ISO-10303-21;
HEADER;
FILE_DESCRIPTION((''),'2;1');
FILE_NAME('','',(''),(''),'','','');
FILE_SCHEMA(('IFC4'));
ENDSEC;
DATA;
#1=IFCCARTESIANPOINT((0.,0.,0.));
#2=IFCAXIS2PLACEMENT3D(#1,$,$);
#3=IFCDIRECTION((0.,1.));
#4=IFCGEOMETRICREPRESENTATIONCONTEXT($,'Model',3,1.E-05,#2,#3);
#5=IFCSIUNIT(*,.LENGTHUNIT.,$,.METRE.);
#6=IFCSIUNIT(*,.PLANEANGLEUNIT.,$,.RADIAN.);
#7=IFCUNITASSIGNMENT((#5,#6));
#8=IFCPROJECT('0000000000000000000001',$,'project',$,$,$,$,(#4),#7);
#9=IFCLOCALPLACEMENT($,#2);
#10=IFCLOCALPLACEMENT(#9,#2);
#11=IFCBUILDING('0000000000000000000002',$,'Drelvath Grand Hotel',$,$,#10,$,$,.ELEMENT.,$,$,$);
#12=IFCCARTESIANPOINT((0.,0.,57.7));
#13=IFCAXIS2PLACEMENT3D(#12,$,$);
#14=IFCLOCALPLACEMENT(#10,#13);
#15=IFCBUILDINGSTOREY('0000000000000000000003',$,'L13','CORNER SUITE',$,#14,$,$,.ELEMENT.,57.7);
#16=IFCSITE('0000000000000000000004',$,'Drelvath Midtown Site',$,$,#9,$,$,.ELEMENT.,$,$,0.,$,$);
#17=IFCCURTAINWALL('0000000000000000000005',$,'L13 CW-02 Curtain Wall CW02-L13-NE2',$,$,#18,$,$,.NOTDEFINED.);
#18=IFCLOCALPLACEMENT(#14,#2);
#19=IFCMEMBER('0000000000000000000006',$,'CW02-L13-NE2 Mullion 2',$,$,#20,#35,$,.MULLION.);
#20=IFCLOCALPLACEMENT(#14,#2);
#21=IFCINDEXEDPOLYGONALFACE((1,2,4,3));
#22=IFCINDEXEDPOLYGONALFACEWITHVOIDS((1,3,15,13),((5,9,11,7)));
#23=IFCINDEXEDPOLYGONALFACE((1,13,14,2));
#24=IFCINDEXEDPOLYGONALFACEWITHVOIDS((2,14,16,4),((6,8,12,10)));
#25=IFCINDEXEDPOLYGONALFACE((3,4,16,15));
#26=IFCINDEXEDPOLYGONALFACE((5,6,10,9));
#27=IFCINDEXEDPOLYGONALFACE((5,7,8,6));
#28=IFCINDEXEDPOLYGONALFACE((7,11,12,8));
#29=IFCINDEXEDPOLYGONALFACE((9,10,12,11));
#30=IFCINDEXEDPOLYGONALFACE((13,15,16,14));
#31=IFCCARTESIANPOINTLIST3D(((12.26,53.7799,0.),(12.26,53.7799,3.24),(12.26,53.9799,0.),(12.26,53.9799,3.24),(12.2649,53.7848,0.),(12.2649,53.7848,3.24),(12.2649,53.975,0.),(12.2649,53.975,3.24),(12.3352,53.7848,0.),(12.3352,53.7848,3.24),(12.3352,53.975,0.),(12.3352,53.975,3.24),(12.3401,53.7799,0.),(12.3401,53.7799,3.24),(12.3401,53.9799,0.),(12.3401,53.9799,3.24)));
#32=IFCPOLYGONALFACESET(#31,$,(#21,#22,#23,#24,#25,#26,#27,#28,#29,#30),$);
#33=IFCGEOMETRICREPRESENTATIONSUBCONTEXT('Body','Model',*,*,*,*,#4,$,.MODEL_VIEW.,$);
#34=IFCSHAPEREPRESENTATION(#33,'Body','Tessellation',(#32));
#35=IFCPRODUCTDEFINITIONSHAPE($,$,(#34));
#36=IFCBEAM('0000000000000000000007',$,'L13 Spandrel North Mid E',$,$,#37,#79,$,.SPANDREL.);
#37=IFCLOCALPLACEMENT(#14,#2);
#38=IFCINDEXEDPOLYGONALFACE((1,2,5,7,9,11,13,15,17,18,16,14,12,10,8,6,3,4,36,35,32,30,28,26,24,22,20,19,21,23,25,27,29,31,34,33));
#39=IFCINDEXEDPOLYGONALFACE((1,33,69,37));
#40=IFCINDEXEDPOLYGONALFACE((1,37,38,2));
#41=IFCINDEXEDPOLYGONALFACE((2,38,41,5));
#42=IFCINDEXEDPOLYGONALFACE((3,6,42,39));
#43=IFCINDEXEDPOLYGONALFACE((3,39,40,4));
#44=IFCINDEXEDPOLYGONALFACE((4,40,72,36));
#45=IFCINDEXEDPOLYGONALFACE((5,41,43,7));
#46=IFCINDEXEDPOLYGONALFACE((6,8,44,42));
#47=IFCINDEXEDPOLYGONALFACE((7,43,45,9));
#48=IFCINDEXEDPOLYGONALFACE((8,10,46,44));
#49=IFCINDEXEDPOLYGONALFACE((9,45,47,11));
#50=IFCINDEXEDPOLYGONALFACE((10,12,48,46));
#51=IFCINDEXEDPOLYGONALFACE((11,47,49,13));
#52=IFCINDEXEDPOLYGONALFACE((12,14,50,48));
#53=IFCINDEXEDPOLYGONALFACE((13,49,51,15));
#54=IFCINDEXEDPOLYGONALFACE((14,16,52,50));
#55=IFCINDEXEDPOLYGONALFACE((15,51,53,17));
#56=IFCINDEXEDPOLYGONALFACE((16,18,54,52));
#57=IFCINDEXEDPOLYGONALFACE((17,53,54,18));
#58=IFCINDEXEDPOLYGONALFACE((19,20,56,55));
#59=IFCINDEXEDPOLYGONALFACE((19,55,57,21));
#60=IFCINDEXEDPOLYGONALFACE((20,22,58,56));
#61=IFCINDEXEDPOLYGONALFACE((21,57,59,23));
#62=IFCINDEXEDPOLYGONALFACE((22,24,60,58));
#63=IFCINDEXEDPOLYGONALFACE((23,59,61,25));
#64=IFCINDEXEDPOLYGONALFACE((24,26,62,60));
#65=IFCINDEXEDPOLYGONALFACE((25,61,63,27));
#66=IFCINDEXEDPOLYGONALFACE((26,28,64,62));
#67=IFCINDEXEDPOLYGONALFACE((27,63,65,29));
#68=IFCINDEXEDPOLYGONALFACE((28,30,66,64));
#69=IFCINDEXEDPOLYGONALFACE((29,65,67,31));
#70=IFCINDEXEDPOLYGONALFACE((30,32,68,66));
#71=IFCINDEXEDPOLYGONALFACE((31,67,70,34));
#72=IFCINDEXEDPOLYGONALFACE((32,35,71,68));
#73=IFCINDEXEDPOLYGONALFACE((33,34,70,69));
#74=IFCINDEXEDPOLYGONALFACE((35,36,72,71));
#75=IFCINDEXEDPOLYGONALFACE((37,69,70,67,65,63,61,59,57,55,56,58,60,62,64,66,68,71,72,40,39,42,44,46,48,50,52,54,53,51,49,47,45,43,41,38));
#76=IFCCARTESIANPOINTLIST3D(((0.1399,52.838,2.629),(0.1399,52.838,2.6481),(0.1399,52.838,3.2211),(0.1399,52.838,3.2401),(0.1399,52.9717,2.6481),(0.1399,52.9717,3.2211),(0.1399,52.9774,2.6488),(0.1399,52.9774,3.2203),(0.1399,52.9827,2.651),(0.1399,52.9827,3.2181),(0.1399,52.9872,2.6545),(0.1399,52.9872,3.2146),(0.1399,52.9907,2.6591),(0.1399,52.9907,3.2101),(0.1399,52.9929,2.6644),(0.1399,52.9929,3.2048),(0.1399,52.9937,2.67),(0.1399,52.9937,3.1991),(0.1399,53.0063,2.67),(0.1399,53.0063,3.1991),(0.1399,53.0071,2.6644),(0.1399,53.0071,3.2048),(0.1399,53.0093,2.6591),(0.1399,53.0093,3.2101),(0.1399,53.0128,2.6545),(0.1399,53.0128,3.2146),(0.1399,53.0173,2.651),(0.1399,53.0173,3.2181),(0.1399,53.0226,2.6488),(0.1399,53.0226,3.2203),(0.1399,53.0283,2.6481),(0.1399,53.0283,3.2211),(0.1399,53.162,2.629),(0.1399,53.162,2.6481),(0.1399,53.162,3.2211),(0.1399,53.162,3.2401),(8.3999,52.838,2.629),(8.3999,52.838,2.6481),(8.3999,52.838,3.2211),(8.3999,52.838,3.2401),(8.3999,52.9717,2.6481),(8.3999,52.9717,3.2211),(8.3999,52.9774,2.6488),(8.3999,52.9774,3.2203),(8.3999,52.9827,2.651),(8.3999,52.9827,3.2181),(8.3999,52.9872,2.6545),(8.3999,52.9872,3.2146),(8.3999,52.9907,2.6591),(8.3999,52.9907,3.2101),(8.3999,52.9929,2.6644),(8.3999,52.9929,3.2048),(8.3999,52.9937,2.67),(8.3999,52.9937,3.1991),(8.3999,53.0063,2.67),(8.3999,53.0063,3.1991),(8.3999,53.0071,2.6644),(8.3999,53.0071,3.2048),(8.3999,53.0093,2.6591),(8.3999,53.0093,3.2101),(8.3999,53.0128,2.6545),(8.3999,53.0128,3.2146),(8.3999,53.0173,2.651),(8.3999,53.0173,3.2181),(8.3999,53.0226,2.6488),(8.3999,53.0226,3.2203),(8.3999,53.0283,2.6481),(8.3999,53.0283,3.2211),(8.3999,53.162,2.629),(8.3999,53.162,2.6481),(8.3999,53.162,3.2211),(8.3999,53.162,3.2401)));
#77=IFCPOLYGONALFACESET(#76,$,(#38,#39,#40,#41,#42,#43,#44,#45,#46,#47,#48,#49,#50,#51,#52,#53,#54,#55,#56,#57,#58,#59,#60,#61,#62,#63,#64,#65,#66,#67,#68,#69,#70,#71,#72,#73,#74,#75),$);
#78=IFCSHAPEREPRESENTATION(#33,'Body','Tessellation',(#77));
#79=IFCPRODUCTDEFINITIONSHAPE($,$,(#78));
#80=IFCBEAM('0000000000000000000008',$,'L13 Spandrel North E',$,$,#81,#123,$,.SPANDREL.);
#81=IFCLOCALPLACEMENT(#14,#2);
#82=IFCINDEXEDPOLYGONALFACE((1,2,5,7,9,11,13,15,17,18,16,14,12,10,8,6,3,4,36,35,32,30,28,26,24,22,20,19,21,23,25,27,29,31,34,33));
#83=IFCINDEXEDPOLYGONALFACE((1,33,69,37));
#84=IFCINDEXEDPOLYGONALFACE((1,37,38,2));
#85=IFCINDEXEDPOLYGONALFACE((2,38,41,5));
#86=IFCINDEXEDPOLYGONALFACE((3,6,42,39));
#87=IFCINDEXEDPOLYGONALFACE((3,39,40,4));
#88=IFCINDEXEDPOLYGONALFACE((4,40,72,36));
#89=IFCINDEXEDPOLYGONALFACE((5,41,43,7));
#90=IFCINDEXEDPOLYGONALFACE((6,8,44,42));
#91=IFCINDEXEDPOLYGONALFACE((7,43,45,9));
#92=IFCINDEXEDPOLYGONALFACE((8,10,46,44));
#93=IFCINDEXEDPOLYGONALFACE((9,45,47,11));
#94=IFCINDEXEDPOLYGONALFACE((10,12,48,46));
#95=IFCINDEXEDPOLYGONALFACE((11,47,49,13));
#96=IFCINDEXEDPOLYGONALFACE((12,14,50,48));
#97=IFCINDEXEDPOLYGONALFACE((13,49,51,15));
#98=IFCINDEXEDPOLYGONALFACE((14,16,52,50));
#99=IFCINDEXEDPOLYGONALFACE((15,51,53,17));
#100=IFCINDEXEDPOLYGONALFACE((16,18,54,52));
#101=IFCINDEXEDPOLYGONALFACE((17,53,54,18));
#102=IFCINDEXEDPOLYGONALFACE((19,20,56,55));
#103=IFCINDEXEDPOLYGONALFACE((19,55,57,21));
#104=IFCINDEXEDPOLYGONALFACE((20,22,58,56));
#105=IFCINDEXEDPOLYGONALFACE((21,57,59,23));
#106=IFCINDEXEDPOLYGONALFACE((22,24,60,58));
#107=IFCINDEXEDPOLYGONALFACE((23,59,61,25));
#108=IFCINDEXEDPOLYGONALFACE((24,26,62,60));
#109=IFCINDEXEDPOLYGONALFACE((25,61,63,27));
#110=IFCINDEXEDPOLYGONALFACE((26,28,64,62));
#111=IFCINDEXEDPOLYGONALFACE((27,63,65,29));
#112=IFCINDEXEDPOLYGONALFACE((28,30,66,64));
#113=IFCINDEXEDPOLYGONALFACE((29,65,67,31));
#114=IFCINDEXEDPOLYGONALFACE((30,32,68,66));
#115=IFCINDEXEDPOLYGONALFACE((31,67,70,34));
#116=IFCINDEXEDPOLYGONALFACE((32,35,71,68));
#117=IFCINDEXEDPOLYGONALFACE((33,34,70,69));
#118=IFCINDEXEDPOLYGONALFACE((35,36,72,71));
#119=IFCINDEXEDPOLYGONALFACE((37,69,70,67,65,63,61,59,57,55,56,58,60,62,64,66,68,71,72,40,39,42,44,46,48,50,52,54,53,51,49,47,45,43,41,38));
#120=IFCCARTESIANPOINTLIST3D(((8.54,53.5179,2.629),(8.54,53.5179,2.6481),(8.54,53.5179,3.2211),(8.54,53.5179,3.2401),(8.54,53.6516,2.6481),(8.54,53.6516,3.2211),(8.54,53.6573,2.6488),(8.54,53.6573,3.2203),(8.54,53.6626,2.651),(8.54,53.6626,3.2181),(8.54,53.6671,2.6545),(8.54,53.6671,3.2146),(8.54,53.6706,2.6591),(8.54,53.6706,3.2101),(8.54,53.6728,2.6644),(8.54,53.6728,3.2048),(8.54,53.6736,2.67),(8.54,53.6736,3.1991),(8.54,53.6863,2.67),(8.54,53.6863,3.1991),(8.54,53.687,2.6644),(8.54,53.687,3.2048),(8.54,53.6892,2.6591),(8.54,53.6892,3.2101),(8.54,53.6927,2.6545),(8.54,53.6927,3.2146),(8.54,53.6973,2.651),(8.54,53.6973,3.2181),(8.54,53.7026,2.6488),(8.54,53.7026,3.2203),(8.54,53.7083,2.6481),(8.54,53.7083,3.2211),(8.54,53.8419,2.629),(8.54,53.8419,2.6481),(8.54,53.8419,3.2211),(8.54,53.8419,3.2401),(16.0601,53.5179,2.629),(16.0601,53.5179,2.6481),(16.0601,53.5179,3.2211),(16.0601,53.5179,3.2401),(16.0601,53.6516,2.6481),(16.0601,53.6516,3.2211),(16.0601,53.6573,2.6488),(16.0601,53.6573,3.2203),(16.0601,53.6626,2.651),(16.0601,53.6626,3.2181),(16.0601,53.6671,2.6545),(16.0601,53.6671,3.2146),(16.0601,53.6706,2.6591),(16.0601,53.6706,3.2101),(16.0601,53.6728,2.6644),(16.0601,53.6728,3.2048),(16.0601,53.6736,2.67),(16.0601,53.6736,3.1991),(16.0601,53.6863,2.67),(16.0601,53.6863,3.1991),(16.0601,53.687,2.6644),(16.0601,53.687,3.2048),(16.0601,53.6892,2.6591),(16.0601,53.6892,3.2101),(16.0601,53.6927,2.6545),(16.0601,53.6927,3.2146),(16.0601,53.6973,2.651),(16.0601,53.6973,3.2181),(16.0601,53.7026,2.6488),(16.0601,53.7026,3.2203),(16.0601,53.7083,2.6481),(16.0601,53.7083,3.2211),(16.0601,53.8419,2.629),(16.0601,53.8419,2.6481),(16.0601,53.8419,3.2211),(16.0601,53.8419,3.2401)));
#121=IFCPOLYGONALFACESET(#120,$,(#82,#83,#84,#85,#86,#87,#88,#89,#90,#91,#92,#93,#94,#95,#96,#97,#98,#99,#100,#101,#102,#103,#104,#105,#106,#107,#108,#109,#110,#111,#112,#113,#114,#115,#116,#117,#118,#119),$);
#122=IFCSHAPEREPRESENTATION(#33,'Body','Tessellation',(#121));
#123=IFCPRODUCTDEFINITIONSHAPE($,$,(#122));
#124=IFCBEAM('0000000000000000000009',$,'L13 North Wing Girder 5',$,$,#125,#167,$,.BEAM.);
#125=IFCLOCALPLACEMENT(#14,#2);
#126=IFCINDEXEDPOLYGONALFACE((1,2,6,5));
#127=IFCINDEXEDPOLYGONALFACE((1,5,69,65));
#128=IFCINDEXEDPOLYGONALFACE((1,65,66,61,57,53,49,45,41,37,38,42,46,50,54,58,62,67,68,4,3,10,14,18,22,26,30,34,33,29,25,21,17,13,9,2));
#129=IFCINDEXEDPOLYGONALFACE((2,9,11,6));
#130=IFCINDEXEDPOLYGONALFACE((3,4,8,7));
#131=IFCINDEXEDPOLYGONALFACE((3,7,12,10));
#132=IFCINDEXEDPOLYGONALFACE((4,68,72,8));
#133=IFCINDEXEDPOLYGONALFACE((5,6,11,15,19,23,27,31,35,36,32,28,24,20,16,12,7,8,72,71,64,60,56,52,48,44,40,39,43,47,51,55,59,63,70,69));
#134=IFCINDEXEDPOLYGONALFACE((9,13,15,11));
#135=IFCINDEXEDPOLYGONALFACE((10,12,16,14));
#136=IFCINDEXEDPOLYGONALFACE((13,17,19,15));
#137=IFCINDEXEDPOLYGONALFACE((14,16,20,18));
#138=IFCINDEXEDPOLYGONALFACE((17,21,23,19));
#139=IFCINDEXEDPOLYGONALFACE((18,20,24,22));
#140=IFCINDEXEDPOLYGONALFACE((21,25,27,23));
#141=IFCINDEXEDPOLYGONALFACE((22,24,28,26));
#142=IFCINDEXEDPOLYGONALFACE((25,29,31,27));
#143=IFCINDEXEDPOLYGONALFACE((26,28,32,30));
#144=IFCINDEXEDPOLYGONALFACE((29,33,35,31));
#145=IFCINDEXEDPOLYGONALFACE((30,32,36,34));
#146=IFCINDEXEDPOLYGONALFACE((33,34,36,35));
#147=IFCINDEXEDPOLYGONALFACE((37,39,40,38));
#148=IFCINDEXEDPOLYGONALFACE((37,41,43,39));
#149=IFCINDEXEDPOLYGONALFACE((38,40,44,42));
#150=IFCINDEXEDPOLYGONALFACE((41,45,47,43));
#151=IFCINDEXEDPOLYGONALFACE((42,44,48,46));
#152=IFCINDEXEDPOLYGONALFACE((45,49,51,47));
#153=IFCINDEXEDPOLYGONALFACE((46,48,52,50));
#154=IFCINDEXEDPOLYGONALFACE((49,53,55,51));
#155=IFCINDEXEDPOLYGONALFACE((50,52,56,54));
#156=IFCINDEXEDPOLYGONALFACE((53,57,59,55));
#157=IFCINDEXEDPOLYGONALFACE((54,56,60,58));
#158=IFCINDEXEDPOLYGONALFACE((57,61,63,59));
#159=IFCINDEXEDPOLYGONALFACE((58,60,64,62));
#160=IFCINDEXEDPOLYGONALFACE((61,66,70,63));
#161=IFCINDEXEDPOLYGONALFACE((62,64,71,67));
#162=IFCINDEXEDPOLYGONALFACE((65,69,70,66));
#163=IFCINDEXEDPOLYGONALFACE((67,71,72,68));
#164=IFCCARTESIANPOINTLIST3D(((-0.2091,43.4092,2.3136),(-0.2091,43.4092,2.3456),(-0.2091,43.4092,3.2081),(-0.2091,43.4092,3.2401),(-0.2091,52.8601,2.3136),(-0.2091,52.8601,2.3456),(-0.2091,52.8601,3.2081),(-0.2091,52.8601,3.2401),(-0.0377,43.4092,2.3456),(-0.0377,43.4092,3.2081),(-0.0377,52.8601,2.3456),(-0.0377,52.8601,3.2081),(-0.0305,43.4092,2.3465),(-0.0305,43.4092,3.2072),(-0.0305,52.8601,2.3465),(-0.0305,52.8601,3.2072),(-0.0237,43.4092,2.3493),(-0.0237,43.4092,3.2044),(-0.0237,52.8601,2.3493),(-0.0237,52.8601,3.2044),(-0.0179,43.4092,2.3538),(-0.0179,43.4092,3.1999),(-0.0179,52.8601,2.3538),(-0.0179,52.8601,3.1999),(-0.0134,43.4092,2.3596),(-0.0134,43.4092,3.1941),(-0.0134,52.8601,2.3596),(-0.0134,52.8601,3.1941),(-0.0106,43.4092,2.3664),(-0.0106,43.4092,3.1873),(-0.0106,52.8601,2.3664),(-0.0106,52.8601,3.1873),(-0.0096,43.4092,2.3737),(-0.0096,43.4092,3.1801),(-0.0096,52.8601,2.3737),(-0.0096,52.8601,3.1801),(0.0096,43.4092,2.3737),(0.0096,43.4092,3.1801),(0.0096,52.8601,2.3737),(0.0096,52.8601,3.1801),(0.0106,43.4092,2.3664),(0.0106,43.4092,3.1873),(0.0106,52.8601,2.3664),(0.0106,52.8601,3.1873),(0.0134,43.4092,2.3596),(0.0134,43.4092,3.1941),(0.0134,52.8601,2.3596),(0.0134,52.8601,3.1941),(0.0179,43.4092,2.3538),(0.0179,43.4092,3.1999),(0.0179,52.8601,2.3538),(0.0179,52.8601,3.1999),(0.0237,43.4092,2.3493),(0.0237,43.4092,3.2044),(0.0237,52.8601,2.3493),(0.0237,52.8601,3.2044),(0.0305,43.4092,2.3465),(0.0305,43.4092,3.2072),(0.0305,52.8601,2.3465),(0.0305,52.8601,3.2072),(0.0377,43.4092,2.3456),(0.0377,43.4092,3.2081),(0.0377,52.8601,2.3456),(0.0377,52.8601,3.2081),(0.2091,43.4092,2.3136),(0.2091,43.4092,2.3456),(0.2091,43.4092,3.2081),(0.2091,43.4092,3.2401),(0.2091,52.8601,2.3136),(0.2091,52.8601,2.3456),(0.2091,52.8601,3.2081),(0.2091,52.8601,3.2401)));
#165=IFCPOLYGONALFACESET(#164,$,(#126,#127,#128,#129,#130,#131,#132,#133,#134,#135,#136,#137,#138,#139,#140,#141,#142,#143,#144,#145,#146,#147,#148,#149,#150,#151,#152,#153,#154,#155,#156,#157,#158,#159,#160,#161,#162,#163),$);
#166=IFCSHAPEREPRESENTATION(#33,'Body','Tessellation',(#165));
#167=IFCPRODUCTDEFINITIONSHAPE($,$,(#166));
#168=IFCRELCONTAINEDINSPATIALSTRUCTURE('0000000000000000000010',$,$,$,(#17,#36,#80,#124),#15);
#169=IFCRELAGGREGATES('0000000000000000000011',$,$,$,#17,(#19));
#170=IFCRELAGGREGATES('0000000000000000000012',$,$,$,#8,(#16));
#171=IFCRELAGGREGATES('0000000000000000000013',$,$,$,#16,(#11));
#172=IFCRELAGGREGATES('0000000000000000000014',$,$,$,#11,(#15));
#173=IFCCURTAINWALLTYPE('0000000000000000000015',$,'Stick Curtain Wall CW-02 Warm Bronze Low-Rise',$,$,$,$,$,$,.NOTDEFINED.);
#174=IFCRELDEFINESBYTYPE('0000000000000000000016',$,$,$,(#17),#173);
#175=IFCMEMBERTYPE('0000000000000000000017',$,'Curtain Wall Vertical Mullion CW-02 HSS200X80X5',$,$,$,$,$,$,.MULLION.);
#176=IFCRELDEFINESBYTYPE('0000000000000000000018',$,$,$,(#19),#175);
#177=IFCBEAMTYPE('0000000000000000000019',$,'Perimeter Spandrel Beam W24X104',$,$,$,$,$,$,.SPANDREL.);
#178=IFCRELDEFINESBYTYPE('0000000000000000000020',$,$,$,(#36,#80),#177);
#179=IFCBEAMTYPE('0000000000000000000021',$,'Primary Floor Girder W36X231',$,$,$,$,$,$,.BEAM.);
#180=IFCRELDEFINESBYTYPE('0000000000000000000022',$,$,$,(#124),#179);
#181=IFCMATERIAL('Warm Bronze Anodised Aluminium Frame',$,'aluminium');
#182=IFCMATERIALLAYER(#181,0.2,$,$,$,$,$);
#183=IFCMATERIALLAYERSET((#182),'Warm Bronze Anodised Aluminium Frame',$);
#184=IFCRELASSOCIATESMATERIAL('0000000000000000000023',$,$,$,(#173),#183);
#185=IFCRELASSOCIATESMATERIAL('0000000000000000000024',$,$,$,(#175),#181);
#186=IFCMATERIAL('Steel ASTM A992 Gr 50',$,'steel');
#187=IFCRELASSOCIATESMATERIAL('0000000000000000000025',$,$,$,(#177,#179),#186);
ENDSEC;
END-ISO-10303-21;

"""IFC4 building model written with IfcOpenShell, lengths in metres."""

from ifc_helpers import new_model, si_unit, direction, frame, origin, origin_2d, place, context, subcontext, project, spatial, hollow_rectangle, i_section, extrude, material, layer, layer_set, material_profile, profile_set, type_object, element, aggregate, save


model = new_model("IFC4")

# Units and contexts
model_context = context("Model", 3, precision=1e-05, world=origin(), true_north=direction((0.0, 1.0)))
body_context = subcontext(model_context, "Body", "Model", "MODEL_VIEW")
ifc_project = project(units=[si_unit("LENGTHUNIT", "METRE"), si_unit("PLANEANGLEUNIT", "RADIAN")], contexts=[model_context])

# Site, building, storey
site_placement = place(None, origin())
site = spatial("IfcSite", under=ifc_project, at=site_placement, Name="Drelvath Midtown Site", CompositionType="ELEMENT", RefElevation=0.0)
building_placement = place(site_placement, origin())
building = spatial("IfcBuilding", under=site, at=building_placement, Name="Drelvath Grand Hotel", CompositionType="ELEMENT")
storey_placement = place(building_placement, frame((0.0, 0.0, 57.7)))
storey = spatial("IfcBuildingStorey", under=building, at=storey_placement, Name="L13", Description="CORNER SUITE", CompositionType="ELEMENT", Elevation=57.7)

# Curtain wall
ifc_material_1 = material(Name="Warm Bronze Anodised Aluminium Frame", Category="aluminium")
ifc_layer_1 = layer(ifc_material_1, 0.2)
ifc_layer_set_1 = layer_set([ifc_layer_1], Name="Warm Bronze Anodised Aluminium Frame")
curtain_wall_type = type_object("IfcCurtainWallType", Name="Stick Curtain Wall CW-02 Warm Bronze Low-Rise", PredefinedType="NOTDEFINED", material=ifc_layer_set_1)
curtain_wall_1_placement = place(storey_placement, origin())
curtain_wall_1 = element("IfcCurtainWall", 1, at=curtain_wall_1_placement, inside=storey, type_object=curtain_wall_type, Name="L13 CW-02 Curtain Wall CW02-L13-NE2", PredefinedType="NOTDEFINED")

# Member
ifc_material_profile_1 = material_profile(ifc_material_1, hollow_rectangle(XDim=0.0801, YDim=0.2, WallThickness=0.0049, at=origin_2d()), Name="HSS200X80X5")
ifc_profile_set_1 = profile_set([ifc_material_profile_1], Name="Warm Bronze Anodised Aluminium Frame")
member_type_1 = type_object("IfcMemberType", Name="Curtain Wall Vertical Mullion CW-02 HSS200X80X5", PredefinedType="MULLION", material=ifc_profile_set_1)
member_1_placement = place(storey_placement, frame((12.3, 53.8799, 0.0), z_axis=(0.0, 0.0, 1.0), x_axis=(1.0, 0.0, 0.0)))
member_1 = element("IfcMember", 2, at=member_1_placement, type_object=member_type_1, Name="CW02-L13-NE2 Mullion 2", PredefinedType="MULLION", context=body_context, shape_type="SweptSolid", body=[
    extrude(hollow_rectangle(XDim=0.0801, YDim=0.2, WallThickness=0.0049, at=origin_2d()), origin(), (0.0, 0.0, 1.0), 3.24),
])

# Beams
ifc_material_2 = material(Name="Steel ASTM A992 Gr 50", Category="steel")
ifc_material_profile_2 = material_profile(ifc_material_2, i_section(OverallWidth=0.324, OverallDepth=0.6111, WebThickness=0.0127, FlangeThickness=0.019, FilletRadius=0.022, at=origin_2d()), Name="W24X104")
ifc_profile_set_2 = profile_set([ifc_material_profile_2], Name="Steel ASTM A992 Gr 50")
beam_type_1 = type_object("IfcBeamType", Name="Perimeter Spandrel Beam W24X104", PredefinedType="SPANDREL", material=ifc_profile_set_2)
beam_1_placement = place(storey_placement, frame((0.1399, 53.0, 2.9346), z_axis=(1.0, 0.0, 0.0), x_axis=(0.0, 1.0, 0.0)))
element("IfcBeam", 3, at=beam_1_placement, inside=storey, type_object=beam_type_1, Name="L13 Spandrel North Mid E", PredefinedType="SPANDREL", context=body_context, shape_type="SweptSolid", body=[
    extrude(i_section(OverallWidth=0.324, OverallDepth=0.6111, WebThickness=0.0127, FlangeThickness=0.019, FilletRadius=0.022, at=origin_2d()), origin(), (0.0, 0.0, 1.0), 8.26),
])
beam_2_placement = place(storey_placement, frame((8.54, 53.6799, 2.9346), z_axis=(1.0, 0.0, 0.0), x_axis=(0.0, 1.0, 0.0)))
element("IfcBeam", 4, at=beam_2_placement, inside=storey, type_object=beam_type_1, Name="L13 Spandrel North E", PredefinedType="SPANDREL", context=body_context, shape_type="SweptSolid", body=[
    extrude(i_section(OverallWidth=0.324, OverallDepth=0.6111, WebThickness=0.0127, FlangeThickness=0.019, FilletRadius=0.022, at=origin_2d()), origin(), (0.0, 0.0, 1.0), 7.52),
])
ifc_material_profile_3 = material_profile(ifc_material_2, i_section(OverallWidth=0.4182, OverallDepth=0.9265, WebThickness=0.0193, FlangeThickness=0.032, FilletRadius=0.0281, at=origin_2d()), Name="W36X231")
ifc_profile_set_3 = profile_set([ifc_material_profile_3], Name="Steel ASTM A992 Gr 50")
beam_type_2 = type_object("IfcBeamType", Name="Primary Floor Girder W36X231", PredefinedType="BEAM", material=ifc_profile_set_3)
beam_3_placement = place(storey_placement, frame((0.0, 43.4092, 2.7769), z_axis=(0.0, 1.0, 0.0), x_axis=(-1.0, 0.0, 0.0)))
element("IfcBeam", 5, at=beam_3_placement, inside=storey, type_object=beam_type_2, Name="L13 North Wing Girder 5", PredefinedType="BEAM", context=body_context, shape_type="SweptSolid", body=[
    extrude(i_section(OverallWidth=0.4182, OverallDepth=0.9265, WebThickness=0.0193, FlangeThickness=0.032, FilletRadius=0.0281, at=origin_2d()), origin(), (0.0, 0.0, 1.0), 9.4509),
])

aggregate(curtain_wall_1, [member_1])

save(model, "model.ifc")
